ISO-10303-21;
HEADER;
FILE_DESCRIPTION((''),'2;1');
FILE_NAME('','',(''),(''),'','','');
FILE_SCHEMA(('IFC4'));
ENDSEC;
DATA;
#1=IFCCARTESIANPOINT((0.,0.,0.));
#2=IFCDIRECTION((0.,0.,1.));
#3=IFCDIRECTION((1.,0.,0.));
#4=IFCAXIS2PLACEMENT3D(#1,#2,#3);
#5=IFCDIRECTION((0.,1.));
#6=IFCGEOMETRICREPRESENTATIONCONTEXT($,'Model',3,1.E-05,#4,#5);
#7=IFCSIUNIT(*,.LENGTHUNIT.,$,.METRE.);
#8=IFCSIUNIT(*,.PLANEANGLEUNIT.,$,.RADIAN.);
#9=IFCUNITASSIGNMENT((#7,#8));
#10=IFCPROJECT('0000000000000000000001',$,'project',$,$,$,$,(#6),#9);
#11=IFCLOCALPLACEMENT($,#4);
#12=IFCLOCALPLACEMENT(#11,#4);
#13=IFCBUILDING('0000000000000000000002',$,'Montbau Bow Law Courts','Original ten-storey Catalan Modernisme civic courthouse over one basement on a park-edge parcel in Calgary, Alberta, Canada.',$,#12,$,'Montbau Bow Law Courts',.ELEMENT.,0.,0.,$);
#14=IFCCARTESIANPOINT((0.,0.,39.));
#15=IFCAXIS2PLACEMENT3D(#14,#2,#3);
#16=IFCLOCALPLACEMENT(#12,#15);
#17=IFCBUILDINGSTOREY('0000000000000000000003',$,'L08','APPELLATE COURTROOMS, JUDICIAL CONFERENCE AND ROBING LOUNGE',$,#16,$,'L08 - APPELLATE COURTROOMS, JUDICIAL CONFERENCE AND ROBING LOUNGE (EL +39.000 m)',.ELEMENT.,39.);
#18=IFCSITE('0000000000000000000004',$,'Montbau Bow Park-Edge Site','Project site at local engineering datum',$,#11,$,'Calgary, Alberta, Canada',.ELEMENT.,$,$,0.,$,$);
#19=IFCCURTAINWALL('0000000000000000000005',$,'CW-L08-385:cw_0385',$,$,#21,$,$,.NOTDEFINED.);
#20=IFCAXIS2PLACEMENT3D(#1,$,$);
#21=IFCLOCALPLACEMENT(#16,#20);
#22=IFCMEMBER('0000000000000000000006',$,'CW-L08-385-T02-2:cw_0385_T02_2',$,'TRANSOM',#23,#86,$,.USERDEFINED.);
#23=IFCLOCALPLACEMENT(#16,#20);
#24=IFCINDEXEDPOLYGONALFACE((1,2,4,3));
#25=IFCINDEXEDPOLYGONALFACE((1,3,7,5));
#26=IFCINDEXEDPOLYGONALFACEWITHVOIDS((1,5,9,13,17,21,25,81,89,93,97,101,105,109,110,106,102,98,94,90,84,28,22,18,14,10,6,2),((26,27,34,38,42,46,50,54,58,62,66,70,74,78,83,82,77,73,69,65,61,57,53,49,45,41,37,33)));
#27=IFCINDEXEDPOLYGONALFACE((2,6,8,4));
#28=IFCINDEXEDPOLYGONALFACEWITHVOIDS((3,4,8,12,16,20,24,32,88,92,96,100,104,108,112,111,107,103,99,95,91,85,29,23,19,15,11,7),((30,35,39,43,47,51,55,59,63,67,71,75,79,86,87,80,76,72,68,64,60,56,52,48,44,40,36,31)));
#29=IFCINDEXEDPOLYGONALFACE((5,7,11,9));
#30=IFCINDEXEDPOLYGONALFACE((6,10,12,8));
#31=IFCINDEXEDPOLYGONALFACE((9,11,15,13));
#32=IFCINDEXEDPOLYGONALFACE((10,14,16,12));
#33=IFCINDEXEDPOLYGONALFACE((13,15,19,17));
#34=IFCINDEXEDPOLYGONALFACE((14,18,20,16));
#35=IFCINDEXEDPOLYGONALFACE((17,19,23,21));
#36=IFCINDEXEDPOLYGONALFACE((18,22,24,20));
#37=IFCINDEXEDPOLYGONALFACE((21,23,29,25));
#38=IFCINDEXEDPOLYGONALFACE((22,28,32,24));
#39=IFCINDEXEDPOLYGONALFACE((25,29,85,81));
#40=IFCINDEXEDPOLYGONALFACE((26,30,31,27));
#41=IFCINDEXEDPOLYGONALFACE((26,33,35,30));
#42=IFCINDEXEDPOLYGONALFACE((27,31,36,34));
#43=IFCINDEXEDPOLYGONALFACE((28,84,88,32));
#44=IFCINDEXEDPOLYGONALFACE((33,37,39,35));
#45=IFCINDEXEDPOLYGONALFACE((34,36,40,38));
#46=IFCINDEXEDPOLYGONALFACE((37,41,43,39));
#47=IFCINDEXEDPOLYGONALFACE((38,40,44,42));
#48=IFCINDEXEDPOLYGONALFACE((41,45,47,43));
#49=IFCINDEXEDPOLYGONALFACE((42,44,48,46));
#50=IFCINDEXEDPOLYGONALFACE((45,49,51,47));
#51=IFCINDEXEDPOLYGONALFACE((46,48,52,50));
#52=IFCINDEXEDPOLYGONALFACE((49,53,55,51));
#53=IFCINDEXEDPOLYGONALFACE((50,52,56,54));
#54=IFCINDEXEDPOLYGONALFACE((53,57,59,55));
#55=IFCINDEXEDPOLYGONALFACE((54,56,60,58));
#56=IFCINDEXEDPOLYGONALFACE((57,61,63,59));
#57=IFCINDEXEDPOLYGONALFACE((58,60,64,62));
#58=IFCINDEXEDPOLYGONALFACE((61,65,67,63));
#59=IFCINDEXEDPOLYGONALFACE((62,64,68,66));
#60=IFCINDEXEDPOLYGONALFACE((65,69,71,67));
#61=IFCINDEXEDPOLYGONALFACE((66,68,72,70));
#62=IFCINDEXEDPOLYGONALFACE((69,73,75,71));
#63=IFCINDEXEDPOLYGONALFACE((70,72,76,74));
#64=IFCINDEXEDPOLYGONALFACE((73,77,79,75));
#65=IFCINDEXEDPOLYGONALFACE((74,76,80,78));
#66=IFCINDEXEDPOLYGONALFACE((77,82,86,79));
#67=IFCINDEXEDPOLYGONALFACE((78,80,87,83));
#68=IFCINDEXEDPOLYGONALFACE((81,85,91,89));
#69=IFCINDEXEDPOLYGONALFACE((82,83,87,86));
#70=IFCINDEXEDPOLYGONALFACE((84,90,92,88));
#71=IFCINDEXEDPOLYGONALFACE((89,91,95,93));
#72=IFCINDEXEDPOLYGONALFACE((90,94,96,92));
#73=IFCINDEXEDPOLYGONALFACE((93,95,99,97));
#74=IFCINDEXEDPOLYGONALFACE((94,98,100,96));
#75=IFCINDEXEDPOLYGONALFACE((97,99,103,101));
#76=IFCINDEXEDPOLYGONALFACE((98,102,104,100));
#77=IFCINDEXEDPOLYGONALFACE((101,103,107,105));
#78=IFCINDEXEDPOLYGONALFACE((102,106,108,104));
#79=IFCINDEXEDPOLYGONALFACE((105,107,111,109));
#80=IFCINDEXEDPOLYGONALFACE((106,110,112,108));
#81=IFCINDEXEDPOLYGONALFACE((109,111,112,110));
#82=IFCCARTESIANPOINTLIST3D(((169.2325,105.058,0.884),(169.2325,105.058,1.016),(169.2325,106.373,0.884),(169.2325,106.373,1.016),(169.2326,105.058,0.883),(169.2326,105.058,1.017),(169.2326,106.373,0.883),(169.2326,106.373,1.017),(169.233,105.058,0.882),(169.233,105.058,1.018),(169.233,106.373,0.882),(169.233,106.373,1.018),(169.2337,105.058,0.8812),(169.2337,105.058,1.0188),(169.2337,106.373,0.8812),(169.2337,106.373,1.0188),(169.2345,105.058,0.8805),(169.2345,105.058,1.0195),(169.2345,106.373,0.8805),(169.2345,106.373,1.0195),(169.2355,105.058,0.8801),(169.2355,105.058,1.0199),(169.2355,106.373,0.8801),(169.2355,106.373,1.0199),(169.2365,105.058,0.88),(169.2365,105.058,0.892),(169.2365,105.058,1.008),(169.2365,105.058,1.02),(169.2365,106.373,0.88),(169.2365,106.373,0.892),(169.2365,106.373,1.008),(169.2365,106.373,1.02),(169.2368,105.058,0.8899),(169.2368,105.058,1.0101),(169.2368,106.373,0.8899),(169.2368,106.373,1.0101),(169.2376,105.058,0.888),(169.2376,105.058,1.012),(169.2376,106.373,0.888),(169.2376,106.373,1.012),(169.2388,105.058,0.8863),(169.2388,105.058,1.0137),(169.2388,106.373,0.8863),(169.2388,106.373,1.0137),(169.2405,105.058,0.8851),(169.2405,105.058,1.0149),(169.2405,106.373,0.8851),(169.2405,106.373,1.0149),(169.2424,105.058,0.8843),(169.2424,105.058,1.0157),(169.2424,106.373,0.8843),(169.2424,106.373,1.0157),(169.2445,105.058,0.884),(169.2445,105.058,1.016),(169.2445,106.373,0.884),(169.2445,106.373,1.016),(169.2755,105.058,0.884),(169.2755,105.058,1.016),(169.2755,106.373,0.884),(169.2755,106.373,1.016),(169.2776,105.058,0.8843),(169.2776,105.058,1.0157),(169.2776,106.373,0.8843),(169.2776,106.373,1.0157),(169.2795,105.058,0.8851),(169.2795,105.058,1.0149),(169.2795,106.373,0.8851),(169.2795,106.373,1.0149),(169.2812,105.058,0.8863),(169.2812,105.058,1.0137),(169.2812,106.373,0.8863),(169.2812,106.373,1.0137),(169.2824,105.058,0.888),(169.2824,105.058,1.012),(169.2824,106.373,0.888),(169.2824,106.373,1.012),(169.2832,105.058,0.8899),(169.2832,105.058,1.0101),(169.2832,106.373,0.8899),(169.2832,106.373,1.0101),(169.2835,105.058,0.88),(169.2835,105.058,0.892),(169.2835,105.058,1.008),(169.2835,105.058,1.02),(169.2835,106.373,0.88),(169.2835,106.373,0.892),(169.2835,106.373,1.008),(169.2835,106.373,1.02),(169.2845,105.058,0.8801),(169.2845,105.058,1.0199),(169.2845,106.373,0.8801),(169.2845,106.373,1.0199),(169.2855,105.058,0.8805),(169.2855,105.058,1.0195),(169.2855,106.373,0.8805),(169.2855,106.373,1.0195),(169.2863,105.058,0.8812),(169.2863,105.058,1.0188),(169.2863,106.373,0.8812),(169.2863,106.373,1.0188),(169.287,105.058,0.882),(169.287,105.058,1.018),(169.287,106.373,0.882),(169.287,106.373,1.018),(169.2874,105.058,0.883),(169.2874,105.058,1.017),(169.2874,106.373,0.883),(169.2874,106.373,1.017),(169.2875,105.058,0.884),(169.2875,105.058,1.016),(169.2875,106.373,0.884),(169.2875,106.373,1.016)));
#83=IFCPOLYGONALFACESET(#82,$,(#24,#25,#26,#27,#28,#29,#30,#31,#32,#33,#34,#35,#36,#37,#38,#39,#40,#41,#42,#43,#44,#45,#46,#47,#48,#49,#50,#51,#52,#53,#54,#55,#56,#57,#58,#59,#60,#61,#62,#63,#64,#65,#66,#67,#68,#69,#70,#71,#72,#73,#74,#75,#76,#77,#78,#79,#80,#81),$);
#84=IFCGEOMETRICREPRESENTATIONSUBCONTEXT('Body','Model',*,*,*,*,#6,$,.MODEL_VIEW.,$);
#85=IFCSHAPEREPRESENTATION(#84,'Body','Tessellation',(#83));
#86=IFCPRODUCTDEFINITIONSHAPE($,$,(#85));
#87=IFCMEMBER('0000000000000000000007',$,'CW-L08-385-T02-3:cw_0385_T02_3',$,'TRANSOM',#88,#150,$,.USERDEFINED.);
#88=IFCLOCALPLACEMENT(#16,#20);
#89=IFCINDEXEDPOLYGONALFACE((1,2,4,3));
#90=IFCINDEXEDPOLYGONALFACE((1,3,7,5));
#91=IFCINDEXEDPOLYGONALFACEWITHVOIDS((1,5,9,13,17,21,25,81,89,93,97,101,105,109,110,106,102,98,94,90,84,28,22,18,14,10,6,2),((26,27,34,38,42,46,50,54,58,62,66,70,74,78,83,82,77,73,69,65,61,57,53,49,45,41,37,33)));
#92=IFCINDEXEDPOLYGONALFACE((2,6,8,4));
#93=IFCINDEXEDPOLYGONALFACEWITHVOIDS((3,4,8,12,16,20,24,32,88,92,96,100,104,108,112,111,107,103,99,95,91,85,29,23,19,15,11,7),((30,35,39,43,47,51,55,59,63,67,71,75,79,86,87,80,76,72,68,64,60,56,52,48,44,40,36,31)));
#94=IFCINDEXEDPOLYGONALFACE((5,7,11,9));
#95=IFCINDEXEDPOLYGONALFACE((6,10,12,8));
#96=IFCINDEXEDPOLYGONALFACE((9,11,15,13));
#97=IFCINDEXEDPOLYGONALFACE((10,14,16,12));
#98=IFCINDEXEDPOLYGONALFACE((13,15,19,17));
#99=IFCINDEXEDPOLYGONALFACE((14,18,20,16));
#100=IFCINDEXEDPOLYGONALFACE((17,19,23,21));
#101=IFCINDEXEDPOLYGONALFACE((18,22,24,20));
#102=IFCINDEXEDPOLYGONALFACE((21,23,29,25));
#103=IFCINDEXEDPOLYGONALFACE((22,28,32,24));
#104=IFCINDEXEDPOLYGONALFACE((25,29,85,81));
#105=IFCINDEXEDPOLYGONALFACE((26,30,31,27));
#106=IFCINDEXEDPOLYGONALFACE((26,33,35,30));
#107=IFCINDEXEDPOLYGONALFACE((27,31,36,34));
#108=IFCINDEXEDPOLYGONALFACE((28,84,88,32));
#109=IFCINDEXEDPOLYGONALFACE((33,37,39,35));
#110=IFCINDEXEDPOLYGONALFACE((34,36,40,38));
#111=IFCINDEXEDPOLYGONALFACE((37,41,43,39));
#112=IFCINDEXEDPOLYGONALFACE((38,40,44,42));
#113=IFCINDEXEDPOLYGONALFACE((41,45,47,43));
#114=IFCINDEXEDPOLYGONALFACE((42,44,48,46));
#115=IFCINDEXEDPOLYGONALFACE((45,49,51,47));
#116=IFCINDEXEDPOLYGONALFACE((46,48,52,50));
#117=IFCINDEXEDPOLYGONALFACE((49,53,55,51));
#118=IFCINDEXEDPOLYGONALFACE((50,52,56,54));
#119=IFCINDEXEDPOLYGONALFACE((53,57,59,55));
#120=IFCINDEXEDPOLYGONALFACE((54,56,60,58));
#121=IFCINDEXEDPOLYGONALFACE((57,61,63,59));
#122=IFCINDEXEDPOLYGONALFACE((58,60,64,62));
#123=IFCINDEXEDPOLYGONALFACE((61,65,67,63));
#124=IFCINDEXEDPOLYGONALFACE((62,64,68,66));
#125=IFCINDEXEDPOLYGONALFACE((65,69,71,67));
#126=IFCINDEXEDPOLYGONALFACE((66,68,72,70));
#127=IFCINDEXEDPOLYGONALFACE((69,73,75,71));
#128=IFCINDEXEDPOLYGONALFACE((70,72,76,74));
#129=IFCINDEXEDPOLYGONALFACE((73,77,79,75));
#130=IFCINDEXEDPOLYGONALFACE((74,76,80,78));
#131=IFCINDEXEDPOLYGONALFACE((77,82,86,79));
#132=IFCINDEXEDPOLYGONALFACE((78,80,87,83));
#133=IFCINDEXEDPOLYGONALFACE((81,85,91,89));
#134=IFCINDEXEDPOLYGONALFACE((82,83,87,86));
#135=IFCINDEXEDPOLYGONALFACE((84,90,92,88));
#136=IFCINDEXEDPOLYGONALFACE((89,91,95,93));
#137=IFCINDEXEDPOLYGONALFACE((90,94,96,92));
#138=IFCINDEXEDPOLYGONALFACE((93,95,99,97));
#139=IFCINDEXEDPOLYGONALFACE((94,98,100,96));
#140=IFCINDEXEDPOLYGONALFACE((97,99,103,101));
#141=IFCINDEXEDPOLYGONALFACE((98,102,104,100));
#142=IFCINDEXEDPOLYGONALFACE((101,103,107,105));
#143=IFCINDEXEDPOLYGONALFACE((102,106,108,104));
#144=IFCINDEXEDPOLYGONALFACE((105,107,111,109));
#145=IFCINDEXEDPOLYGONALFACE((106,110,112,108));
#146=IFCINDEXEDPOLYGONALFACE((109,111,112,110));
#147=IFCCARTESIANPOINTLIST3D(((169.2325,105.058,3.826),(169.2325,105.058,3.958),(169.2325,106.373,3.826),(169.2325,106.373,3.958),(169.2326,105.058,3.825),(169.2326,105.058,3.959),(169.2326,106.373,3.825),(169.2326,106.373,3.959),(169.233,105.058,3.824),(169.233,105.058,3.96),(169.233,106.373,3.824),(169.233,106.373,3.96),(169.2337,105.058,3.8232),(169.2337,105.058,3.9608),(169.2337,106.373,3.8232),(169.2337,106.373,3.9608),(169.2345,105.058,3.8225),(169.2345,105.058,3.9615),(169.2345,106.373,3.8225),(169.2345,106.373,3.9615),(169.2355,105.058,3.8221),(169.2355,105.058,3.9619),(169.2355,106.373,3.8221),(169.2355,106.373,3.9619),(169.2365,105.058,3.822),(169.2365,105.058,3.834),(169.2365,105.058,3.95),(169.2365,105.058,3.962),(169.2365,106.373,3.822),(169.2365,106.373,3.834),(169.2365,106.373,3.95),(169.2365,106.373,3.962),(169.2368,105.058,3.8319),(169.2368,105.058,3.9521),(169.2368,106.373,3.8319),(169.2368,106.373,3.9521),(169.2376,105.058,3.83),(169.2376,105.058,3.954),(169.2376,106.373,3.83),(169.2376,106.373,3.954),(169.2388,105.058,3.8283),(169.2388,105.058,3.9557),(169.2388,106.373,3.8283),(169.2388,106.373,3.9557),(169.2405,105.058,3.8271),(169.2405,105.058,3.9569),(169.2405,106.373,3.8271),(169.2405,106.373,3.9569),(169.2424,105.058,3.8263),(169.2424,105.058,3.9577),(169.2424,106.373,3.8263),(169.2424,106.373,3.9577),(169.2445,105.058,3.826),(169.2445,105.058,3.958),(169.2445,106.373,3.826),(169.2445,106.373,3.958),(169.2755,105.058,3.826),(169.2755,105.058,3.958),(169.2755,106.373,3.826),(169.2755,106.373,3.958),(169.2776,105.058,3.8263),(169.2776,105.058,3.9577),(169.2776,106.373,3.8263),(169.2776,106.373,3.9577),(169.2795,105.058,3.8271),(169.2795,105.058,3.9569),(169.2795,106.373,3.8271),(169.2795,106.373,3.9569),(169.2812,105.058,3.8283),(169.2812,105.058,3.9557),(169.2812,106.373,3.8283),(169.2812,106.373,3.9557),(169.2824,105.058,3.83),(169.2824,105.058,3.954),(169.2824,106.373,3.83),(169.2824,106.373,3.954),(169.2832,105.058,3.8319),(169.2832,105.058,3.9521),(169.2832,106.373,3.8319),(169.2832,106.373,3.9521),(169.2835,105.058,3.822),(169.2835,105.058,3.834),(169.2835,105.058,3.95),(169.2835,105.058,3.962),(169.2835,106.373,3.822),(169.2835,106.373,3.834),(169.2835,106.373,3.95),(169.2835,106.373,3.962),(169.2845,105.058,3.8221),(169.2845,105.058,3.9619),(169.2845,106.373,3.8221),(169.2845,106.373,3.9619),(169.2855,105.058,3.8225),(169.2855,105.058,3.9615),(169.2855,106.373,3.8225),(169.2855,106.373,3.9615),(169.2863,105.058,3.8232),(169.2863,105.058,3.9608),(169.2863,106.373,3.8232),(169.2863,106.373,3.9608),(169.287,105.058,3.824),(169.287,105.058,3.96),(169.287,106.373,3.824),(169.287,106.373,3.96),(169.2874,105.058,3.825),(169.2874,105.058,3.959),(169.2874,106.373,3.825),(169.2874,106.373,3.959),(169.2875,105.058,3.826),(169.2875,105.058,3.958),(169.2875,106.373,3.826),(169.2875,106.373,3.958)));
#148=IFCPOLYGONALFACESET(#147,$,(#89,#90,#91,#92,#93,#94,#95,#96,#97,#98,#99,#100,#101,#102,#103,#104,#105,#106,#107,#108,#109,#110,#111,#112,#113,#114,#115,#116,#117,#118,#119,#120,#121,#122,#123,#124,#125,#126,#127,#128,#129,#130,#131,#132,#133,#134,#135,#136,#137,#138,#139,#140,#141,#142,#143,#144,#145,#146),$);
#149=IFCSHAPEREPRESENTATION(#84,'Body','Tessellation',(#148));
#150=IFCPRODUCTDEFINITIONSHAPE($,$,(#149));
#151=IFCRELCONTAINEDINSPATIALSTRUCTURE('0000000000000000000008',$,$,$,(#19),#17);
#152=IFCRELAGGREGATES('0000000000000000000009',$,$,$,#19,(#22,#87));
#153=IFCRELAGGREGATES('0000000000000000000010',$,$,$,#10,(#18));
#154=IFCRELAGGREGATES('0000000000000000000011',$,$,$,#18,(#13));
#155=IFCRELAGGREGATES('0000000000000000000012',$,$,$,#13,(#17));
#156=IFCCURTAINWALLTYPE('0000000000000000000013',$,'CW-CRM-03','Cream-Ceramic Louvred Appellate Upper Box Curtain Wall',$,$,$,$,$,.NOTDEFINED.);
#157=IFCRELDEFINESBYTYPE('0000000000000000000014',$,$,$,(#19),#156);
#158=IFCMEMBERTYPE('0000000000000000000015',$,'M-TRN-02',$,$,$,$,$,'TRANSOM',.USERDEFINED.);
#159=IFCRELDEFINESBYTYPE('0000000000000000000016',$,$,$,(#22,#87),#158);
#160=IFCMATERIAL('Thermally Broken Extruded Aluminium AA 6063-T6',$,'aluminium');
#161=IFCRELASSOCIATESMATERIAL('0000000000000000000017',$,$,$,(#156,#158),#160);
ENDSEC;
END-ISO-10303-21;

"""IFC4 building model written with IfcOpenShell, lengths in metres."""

from ifc_helpers import new_model, si_unit, direction, frame, origin_with_axes, origin_2d_with_axis, place, context, subcontext, project, spatial, hollow_rectangle, extrude, material, material_profile, profile_set, type_object, element, aggregate, save


model = new_model("IFC4")

# Units and contexts
model_context = context("Model", 3, precision=1e-05, world=origin_with_axes(), true_north=direction((0.0, 1.0)))
body_context = subcontext(model_context, "Body", "Model", "MODEL_VIEW")
ifc_project = project(units=[si_unit("LENGTHUNIT", "METRE"), si_unit("PLANEANGLEUNIT", "RADIAN")], contexts=[model_context])

# Site, building, storey
site_placement = place(None, origin_with_axes())
site = spatial("IfcSite", under=ifc_project, at=site_placement, Name="Montbau Bow Park-Edge Site", Description="Project site at local engineering datum", LongName="Calgary, Alberta, Canada", CompositionType="ELEMENT", RefElevation=0.0)
building_placement = place(site_placement, origin_with_axes())
building = spatial("IfcBuilding", under=site, at=building_placement, Name="Montbau Bow Law Courts", Description="Original ten-storey Catalan Modernisme civic courthouse over one basement on a park-edge parcel in Calgary, Alberta, Canada.", LongName="Montbau Bow Law Courts", CompositionType="ELEMENT", ElevationOfRefHeight=0.0, ElevationOfTerrain=0.0)
storey_placement = place(building_placement, frame((0.0, 0.0, 39.0), z_axis=(0.0, 0.0, 1.0), x_axis=(1.0, 0.0, 0.0)))
storey = spatial("IfcBuildingStorey", under=building, at=storey_placement, Name="L08", Description="APPELLATE COURTROOMS, JUDICIAL CONFERENCE AND ROBING LOUNGE", LongName="L08 - APPELLATE COURTROOMS, JUDICIAL CONFERENCE AND ROBING LOUNGE (EL +39.000 m)", CompositionType="ELEMENT", Elevation=39.0)

# Curtain wall
ifc_material_1 = material(Name="Thermally Broken Extruded Aluminium AA 6063-T6", Category="aluminium")
curtain_wall_type = type_object("IfcCurtainWallType", Name="CW-CRM-03", Description="Cream-Ceramic Louvred Appellate Upper Box Curtain Wall", PredefinedType="NOTDEFINED", material=ifc_material_1)
curtain_wall_placement = place(None, frame((169.26, 103.64, 39.0), z_axis=(0.0, 0.0, 1.0), x_axis=(1.0, 0.0, 0.0)))
curtain_wall = element("IfcCurtainWall", 1, at=curtain_wall_placement, inside=storey, type_object=curtain_wall_type, Name="CW-L08-385:cw_0385", PredefinedType="NOTDEFINED")

# Members
ifc_material_profile_1 = material_profile(ifc_material_1, hollow_rectangle(XDim=0.055, YDim=0.14, WallThickness=0.004, InnerFilletRadius=0.008, OuterFilletRadius=0.004, at=origin_2d_with_axis()), Name="CWT-140X55", Category="Main", Priority=0)
ifc_profile_set_1 = profile_set([ifc_material_profile_1], Name="Thermally Broken Extruded Aluminium AA 6063-T6")
member_type_1 = type_object("IfcMemberType", Name="M-TRN-02", ElementType="TRANSOM", PredefinedType="USERDEFINED", material=ifc_profile_set_1)
member_1_placement = place(None, frame((169.26, 105.058, 39.95), z_axis=(0.0, 1.0, 0.0), x_axis=(-1.0, 0.0, 0.0)))
member_1 = element("IfcMember", 2, at=member_1_placement, type_object=member_type_1, Name="CW-L08-385-T02-2:cw_0385_T02_2", ObjectType="TRANSOM", PredefinedType="USERDEFINED", context=body_context, shape_type="SweptSolid", body=[
    extrude(hollow_rectangle(XDim=0.055, YDim=0.14, WallThickness=0.004, InnerFilletRadius=0.008, OuterFilletRadius=0.004, at=origin_2d_with_axis()), origin_with_axes(), (0.0, 0.0, 1.0), 1.315),
])
member_2_placement = place(None, frame((169.26, 105.058, 42.892), z_axis=(0.0, 1.0, 0.0), x_axis=(-1.0, 0.0, 0.0)))
member_2 = element("IfcMember", 3, at=member_2_placement, type_object=member_type_1, Name="CW-L08-385-T02-3:cw_0385_T02_3", ObjectType="TRANSOM", PredefinedType="USERDEFINED", context=body_context, shape_type="SweptSolid", body=[
    extrude(hollow_rectangle(XDim=0.055, YDim=0.14, WallThickness=0.004, InnerFilletRadius=0.008, OuterFilletRadius=0.004, at=origin_2d_with_axis()), origin_with_axes(), (0.0, 0.0, 1.0), 1.315),
])

aggregate(curtain_wall, [member_1, member_2])

save(model, "model.ifc")
